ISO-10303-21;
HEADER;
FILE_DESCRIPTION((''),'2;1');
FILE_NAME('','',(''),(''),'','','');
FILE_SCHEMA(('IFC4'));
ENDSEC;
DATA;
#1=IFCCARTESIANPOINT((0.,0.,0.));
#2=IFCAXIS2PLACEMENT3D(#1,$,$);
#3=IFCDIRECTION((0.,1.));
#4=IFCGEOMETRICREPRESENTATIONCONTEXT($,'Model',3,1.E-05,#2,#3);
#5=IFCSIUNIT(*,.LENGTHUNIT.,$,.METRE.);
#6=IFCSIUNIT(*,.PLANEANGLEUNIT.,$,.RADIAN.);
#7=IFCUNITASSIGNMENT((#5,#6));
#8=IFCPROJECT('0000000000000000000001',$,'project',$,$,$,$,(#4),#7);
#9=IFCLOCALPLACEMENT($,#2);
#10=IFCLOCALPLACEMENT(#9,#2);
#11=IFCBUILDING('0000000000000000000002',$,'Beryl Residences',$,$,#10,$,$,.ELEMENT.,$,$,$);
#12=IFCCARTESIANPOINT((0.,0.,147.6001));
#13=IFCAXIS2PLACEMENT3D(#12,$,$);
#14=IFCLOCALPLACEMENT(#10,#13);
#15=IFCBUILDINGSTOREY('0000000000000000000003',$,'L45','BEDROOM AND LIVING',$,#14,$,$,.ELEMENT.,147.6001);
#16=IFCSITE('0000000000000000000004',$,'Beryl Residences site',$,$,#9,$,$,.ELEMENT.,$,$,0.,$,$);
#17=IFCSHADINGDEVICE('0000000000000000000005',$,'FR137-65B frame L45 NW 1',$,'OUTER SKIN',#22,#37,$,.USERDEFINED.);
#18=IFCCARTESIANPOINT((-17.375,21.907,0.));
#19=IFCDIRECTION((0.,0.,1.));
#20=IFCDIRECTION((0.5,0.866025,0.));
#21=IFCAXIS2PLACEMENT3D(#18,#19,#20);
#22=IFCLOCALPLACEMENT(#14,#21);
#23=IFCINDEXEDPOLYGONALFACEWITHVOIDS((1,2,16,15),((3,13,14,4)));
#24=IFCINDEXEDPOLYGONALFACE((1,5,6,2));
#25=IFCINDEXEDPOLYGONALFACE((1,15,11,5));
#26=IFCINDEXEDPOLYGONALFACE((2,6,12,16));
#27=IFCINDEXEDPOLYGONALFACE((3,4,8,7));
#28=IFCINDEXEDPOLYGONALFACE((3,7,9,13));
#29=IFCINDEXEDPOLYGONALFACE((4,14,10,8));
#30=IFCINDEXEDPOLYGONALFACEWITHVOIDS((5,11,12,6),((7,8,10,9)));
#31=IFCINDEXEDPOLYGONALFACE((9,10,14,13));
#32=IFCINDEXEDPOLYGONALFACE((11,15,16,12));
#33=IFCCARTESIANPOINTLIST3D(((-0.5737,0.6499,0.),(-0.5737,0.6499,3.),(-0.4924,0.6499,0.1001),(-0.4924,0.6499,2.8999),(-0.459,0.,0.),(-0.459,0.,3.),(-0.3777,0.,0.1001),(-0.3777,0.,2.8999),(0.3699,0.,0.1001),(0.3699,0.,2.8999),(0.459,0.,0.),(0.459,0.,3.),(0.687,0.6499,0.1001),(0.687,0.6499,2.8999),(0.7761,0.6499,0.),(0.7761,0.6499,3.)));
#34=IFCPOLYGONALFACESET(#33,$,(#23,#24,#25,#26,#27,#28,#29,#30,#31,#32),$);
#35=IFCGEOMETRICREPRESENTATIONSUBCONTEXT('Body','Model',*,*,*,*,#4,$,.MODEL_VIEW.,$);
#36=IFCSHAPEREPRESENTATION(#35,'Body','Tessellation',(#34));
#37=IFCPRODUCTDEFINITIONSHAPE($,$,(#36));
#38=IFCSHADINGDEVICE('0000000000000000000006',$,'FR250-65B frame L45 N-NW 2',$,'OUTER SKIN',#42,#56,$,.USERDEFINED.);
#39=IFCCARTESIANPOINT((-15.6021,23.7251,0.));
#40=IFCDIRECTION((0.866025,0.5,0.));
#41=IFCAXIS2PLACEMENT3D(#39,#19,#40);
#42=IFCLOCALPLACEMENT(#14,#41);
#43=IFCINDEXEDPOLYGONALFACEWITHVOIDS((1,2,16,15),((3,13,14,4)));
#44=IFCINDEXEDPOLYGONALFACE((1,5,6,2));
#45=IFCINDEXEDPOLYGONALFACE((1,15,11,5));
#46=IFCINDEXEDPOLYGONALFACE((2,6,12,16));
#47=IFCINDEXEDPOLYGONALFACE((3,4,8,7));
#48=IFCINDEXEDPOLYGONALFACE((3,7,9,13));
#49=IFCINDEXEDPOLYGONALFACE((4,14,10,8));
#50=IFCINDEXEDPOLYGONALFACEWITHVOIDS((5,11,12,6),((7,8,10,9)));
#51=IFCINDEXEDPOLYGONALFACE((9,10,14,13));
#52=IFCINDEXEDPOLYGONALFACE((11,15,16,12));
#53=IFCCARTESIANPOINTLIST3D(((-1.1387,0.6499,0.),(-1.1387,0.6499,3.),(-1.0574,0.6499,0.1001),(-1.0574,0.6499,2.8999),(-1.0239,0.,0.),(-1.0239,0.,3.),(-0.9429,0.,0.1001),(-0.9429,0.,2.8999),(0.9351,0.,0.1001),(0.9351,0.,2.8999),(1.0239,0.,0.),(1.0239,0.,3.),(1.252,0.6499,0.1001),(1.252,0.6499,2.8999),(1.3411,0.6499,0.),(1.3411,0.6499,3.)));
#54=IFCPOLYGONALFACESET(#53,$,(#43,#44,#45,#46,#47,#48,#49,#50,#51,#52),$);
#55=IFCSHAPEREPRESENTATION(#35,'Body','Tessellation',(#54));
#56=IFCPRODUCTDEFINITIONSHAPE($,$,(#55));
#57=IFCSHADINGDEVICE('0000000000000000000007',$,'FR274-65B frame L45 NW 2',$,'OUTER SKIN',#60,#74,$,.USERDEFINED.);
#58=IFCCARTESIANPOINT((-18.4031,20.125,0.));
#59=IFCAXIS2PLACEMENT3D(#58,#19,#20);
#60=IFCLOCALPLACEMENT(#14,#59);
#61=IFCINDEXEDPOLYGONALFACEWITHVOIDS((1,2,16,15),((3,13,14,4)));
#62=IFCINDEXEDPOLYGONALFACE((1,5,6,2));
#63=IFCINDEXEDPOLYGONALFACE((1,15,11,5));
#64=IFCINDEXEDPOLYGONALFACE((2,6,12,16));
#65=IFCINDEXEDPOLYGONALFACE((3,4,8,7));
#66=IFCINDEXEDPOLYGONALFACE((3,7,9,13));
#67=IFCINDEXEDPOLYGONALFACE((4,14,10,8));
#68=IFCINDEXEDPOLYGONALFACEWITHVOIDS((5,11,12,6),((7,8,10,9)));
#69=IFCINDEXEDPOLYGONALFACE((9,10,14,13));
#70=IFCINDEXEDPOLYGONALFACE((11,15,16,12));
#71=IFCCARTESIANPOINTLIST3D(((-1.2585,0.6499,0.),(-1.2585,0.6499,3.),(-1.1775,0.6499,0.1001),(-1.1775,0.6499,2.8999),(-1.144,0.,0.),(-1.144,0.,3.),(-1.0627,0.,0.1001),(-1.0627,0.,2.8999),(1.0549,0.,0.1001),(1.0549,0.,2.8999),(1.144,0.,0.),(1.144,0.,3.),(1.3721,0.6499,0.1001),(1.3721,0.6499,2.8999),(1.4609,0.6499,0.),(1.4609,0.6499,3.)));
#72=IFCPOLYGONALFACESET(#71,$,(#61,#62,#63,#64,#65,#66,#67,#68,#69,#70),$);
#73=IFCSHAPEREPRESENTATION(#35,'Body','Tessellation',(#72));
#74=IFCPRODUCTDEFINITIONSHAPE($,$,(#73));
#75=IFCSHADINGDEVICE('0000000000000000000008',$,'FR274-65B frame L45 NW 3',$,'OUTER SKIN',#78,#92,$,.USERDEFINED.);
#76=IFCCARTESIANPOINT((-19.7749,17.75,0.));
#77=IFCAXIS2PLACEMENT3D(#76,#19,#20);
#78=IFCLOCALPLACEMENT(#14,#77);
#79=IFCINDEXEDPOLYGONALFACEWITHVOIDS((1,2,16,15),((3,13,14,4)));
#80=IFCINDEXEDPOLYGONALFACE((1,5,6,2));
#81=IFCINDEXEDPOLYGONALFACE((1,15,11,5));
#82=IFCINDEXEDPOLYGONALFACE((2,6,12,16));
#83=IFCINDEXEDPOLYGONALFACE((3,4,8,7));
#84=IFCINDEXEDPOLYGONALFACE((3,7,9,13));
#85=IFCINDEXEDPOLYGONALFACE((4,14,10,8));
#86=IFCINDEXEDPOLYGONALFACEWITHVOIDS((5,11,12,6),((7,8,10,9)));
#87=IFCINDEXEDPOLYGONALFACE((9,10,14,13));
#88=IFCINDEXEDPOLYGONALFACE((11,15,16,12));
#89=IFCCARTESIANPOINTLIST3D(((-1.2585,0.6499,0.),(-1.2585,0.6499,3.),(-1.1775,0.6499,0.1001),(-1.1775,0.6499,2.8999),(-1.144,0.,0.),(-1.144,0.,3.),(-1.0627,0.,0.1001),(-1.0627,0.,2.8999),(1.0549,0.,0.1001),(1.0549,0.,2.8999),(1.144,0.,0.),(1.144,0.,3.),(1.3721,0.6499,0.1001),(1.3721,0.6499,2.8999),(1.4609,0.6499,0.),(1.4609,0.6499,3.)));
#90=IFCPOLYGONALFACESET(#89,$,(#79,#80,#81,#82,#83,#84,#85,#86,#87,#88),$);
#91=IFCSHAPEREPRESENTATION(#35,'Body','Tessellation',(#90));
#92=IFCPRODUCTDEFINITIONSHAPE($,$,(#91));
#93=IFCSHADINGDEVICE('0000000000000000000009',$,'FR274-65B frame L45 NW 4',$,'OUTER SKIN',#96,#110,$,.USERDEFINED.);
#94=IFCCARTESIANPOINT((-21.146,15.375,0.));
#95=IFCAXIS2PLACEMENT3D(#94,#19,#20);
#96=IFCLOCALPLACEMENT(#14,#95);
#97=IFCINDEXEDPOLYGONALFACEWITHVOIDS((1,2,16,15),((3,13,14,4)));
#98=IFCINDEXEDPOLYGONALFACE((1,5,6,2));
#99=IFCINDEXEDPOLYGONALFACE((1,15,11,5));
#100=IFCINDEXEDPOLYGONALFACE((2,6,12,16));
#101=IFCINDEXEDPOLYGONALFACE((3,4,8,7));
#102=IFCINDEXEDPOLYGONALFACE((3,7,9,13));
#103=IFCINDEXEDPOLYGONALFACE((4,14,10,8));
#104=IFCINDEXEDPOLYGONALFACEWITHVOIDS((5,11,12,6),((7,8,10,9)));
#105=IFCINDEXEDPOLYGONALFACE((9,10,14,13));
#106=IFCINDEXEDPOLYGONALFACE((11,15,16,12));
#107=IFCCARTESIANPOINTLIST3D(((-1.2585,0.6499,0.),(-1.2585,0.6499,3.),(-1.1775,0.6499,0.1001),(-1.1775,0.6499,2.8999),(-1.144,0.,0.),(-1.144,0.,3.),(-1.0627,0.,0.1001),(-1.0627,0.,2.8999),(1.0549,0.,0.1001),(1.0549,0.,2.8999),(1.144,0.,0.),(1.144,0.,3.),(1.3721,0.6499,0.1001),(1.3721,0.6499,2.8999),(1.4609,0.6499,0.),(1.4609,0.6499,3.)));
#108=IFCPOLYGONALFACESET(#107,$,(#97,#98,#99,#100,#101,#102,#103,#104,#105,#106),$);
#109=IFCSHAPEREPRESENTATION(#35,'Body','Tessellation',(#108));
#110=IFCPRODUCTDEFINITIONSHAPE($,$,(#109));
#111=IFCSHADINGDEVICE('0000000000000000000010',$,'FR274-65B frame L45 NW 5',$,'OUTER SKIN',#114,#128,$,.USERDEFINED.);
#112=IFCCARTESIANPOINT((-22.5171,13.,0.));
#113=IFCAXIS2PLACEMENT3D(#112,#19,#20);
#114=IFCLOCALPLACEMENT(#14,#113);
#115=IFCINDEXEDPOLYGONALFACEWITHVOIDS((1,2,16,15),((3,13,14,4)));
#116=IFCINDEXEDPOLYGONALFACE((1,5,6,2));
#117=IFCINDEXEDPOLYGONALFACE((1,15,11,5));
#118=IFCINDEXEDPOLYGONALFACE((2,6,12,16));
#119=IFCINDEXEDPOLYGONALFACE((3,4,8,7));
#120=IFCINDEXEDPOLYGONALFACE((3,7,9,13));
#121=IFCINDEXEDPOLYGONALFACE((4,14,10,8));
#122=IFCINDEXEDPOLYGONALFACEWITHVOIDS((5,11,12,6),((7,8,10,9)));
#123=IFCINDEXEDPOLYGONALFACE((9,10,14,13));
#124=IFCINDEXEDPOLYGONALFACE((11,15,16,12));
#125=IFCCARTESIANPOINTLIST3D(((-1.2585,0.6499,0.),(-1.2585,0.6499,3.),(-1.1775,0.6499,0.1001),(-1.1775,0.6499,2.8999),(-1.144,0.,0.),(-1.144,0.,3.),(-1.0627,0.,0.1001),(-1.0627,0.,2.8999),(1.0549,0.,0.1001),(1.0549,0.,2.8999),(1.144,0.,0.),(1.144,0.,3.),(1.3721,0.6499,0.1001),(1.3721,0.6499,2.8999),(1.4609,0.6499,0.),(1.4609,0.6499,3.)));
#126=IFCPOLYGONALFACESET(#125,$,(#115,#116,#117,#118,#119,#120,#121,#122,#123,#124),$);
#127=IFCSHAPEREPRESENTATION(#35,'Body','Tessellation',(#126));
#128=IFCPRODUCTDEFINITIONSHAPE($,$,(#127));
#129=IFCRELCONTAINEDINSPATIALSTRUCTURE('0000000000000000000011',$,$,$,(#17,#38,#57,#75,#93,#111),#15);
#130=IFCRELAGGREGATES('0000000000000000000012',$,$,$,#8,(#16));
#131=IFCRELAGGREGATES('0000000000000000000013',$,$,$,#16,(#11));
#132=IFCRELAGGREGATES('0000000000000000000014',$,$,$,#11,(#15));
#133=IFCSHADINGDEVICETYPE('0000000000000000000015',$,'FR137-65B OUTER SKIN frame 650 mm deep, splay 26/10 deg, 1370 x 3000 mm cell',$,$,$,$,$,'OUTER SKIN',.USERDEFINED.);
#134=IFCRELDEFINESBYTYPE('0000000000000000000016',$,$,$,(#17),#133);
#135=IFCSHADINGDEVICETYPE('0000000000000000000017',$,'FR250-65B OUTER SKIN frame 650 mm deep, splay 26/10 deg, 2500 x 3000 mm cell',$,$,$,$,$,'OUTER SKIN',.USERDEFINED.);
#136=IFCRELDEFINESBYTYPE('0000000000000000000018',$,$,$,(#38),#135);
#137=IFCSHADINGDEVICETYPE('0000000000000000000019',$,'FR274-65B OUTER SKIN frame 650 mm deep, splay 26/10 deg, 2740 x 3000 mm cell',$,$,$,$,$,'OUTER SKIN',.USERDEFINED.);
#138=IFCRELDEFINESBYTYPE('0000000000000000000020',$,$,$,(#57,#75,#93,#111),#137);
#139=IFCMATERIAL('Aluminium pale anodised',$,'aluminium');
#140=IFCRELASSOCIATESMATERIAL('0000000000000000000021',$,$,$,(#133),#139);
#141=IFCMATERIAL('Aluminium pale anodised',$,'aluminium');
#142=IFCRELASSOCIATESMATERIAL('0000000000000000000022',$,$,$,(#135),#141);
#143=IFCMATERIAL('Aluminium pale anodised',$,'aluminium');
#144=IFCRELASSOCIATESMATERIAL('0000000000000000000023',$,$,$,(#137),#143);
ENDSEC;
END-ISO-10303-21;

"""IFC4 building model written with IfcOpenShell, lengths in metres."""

from ifc_helpers import new_model, entity, si_unit, direction, frame, origin, place, context, subcontext, project, spatial, source, transform, mapped, material, type_object, type_shapes, element, save


model = new_model("IFC4")

# Units and contexts
model_context = context("Model", 3, precision=1e-05, world=origin(), true_north=direction((0.0, 1.0)))
body_context = subcontext(model_context, "Body", "Model", "MODEL_VIEW")
ifc_project = project(units=[si_unit("LENGTHUNIT", "METRE"), si_unit("PLANEANGLEUNIT", "RADIAN")], contexts=[model_context])

# Site, building, storey
site_placement = place(None, origin())
site = spatial("IfcSite", under=ifc_project, at=site_placement, Name="Beryl Residences site", CompositionType="ELEMENT", RefElevation=0.0)
building_placement = place(site_placement, origin())
building = spatial("IfcBuilding", under=site, at=building_placement, Name="Beryl Residences", CompositionType="ELEMENT")
storey_placement = place(building_placement, frame((0.0, 0.0, 147.6001)))
storey = spatial("IfcBuildingStorey", under=building, at=storey_placement, Name="L45", Description="BEDROOM AND LIVING", CompositionType="ELEMENT", Elevation=147.6001)

# Shading devices
ifc_material_1 = material(Name="Aluminium pale anodised", Category="aluminium")
shading_device_type_1 = type_object("IfcShadingDeviceType", Name="FR137-65B OUTER SKIN frame 650 mm deep, splay 26/10 deg, 1370 x 3000 mm cell", ElementType="OUTER SKIN", PredefinedType="USERDEFINED", material=ifc_material_1)
cartesian_point_1 = entity("IfcCartesianPoint", [-0.459, 0.0])
cartesian_point_2 = entity("IfcCartesianPoint", [-0.3699, 0.1001])
cartesian_point_3 = entity("IfcCartesianPoint", [-0.7761, 0.0])
cartesian_point_4 = entity("IfcCartesianPoint", [-0.687, 0.1001])
shared_shape_1 = source(origin(), body_context, "Body", "SweptSolid", [
    entity("IfcExtrudedAreaSolidTapered", entity("IfcArbitraryProfileDefWithVoids", "AREA", None, entity("IfcPolyline", [cartesian_point_1, entity("IfcCartesianPoint", [0.459, 0.0]), entity("IfcCartesianPoint", [0.459, 3.0]), entity("IfcCartesianPoint", [-0.459, 3.0]), cartesian_point_1]), [entity("IfcPolyline", [cartesian_point_2, entity("IfcCartesianPoint", [0.3777, 0.1001]), entity("IfcCartesianPoint", [0.3777, 2.8999]), entity("IfcCartesianPoint", [-0.3699, 2.8999]), cartesian_point_2])]), entity("IfcAxis2Placement3D", entity("IfcCartesianPoint", [0.0, 0.0, 0.0]), entity("IfcDirection", [0.0, 1.0, 0.0]), entity("IfcDirection", [-1.0, 0.0, 0.0])), entity("IfcDirection", [0.0, 0.0, 1.0]), 0.6499, entity("IfcArbitraryProfileDefWithVoids", "AREA", None, entity("IfcPolyline", [cartesian_point_3, entity("IfcCartesianPoint", [0.5737, 0.0]), entity("IfcCartesianPoint", [0.5737, 3.0]), entity("IfcCartesianPoint", [-0.7761, 3.0]), cartesian_point_3]), [entity("IfcPolyline", [cartesian_point_4, entity("IfcCartesianPoint", [0.4924, 0.1001]), entity("IfcCartesianPoint", [0.4924, 2.8999]), entity("IfcCartesianPoint", [-0.687, 2.8999]), cartesian_point_4])])),
])
type_shapes(shading_device_type_1, [shared_shape_1])
shading_device_1_placement = place(storey_placement, frame((-17.375, 21.907, 0.0), z_axis=(0.0, 0.0, 1.0), x_axis=(0.5, 0.866025, 0.0)))
element("IfcShadingDevice", 1, at=shading_device_1_placement, inside=storey, type_object=shading_device_type_1, Name="FR137-65B frame L45 NW 1", ObjectType="OUTER SKIN", PredefinedType="USERDEFINED", context=body_context, shape_type="MappedRepresentation", body=[
    mapped(shared_shape_1, transform((0.0, 0.0, 0.0))),
])
ifc_material_2 = material(Name="Aluminium pale anodised", Category="aluminium")
shading_device_type_2 = type_object("IfcShadingDeviceType", Name="FR250-65B OUTER SKIN frame 650 mm deep, splay 26/10 deg, 2500 x 3000 mm cell", ElementType="OUTER SKIN", PredefinedType="USERDEFINED", material=ifc_material_2)
cartesian_point_5 = entity("IfcCartesianPoint", [-1.0239, 0.0])
cartesian_point_6 = entity("IfcCartesianPoint", [-0.9351, 0.1001])
cartesian_point_7 = entity("IfcCartesianPoint", [-1.3411, 0.0])
cartesian_point_8 = entity("IfcCartesianPoint", [-1.252, 0.1001])
shared_shape_2 = source(origin(), body_context, "Body", "SweptSolid", [
    entity("IfcExtrudedAreaSolidTapered", entity("IfcArbitraryProfileDefWithVoids", "AREA", None, entity("IfcPolyline", [cartesian_point_5, entity("IfcCartesianPoint", [1.0239, 0.0]), entity("IfcCartesianPoint", [1.0239, 3.0]), entity("IfcCartesianPoint", [-1.0239, 3.0]), cartesian_point_5]), [entity("IfcPolyline", [cartesian_point_6, entity("IfcCartesianPoint", [0.9429, 0.1001]), entity("IfcCartesianPoint", [0.9429, 2.8999]), entity("IfcCartesianPoint", [-0.9351, 2.8999]), cartesian_point_6])]), entity("IfcAxis2Placement3D", entity("IfcCartesianPoint", [0.0, 0.0, 0.0]), entity("IfcDirection", [0.0, 1.0, 0.0]), entity("IfcDirection", [-1.0, 0.0, 0.0])), entity("IfcDirection", [0.0, 0.0, 1.0]), 0.6499, entity("IfcArbitraryProfileDefWithVoids", "AREA", None, entity("IfcPolyline", [cartesian_point_7, entity("IfcCartesianPoint", [1.1387, 0.0]), entity("IfcCartesianPoint", [1.1387, 3.0]), entity("IfcCartesianPoint", [-1.3411, 3.0]), cartesian_point_7]), [entity("IfcPolyline", [cartesian_point_8, entity("IfcCartesianPoint", [1.0574, 0.1001]), entity("IfcCartesianPoint", [1.0574, 2.8999]), entity("IfcCartesianPoint", [-1.252, 2.8999]), cartesian_point_8])])),
])
type_shapes(shading_device_type_2, [shared_shape_2])
shading_device_2_placement = place(storey_placement, frame((-15.6021, 23.7251, 0.0), z_axis=(0.0, 0.0, 1.0), x_axis=(0.866025, 0.5, 0.0)))
element("IfcShadingDevice", 2, at=shading_device_2_placement, inside=storey, type_object=shading_device_type_2, Name="FR250-65B frame L45 N-NW 2", ObjectType="OUTER SKIN", PredefinedType="USERDEFINED", context=body_context, shape_type="MappedRepresentation", body=[
    mapped(shared_shape_2, transform((0.0, 0.0, 0.0))),
])
ifc_material_3 = material(Name="Aluminium pale anodised", Category="aluminium")
shading_device_type_3 = type_object("IfcShadingDeviceType", Name="FR274-65B OUTER SKIN frame 650 mm deep, splay 26/10 deg, 2740 x 3000 mm cell", ElementType="OUTER SKIN", PredefinedType="USERDEFINED", material=ifc_material_3)
cartesian_point_9 = entity("IfcCartesianPoint", [-1.144, 0.0])
cartesian_point_10 = entity("IfcCartesianPoint", [-1.0549, 0.1001])
cartesian_point_11 = entity("IfcCartesianPoint", [-1.4609, 0.0])
cartesian_point_12 = entity("IfcCartesianPoint", [-1.3721, 0.1001])
shared_shape_3 = source(origin(), body_context, "Body", "SweptSolid", [
    entity("IfcExtrudedAreaSolidTapered", entity("IfcArbitraryProfileDefWithVoids", "AREA", None, entity("IfcPolyline", [cartesian_point_9, entity("IfcCartesianPoint", [1.144, 0.0]), entity("IfcCartesianPoint", [1.144, 3.0]), entity("IfcCartesianPoint", [-1.144, 3.0]), cartesian_point_9]), [entity("IfcPolyline", [cartesian_point_10, entity("IfcCartesianPoint", [1.0627, 0.1001]), entity("IfcCartesianPoint", [1.0627, 2.8999]), entity("IfcCartesianPoint", [-1.0549, 2.8999]), cartesian_point_10])]), entity("IfcAxis2Placement3D", entity("IfcCartesianPoint", [0.0, 0.0, 0.0]), entity("IfcDirection", [0.0, 1.0, 0.0]), entity("IfcDirection", [-1.0, 0.0, 0.0])), entity("IfcDirection", [0.0, 0.0, 1.0]), 0.6499, entity("IfcArbitraryProfileDefWithVoids", "AREA", None, entity("IfcPolyline", [cartesian_point_11, entity("IfcCartesianPoint", [1.2585, 0.0]), entity("IfcCartesianPoint", [1.2585, 3.0]), entity("IfcCartesianPoint", [-1.4609, 3.0]), cartesian_point_11]), [entity("IfcPolyline", [cartesian_point_12, entity("IfcCartesianPoint", [1.1775, 0.1001]), entity("IfcCartesianPoint", [1.1775, 2.8999]), entity("IfcCartesianPoint", [-1.3721, 2.8999]), cartesian_point_12])])),
])
type_shapes(shading_device_type_3, [shared_shape_3])
for number, where, z_axis, x_axis, name in (
    (3, (-18.4031, 20.125, 0.0), (0.0, 0.0, 1.0), (0.5, 0.866025, 0.0), "FR274-65B frame L45 NW 2"),
    (4, (-19.7749, 17.75, 0.0), (0.0, 0.0, 1.0), (0.5, 0.866025, 0.0), "FR274-65B frame L45 NW 3"),
    (5, (-21.146, 15.375, 0.0), (0.0, 0.0, 1.0), (0.5, 0.866025, 0.0), "FR274-65B frame L45 NW 4"),
    (6, (-22.5171, 13.0, 0.0), (0.0, 0.0, 1.0), (0.5, 0.866025, 0.0), "FR274-65B frame L45 NW 5"),
):
    element("IfcShadingDevice", number, at=place(storey_placement, frame(where, z_axis=z_axis, x_axis=x_axis)), inside=storey, type_object=shading_device_type_3, Name=name, ObjectType="OUTER SKIN", PredefinedType="USERDEFINED", context=body_context, shape_type="MappedRepresentation", body=[
        mapped(shared_shape_3, transform((0.0, 0.0, 0.0))),
    ])

save(model, "model.ifc")
